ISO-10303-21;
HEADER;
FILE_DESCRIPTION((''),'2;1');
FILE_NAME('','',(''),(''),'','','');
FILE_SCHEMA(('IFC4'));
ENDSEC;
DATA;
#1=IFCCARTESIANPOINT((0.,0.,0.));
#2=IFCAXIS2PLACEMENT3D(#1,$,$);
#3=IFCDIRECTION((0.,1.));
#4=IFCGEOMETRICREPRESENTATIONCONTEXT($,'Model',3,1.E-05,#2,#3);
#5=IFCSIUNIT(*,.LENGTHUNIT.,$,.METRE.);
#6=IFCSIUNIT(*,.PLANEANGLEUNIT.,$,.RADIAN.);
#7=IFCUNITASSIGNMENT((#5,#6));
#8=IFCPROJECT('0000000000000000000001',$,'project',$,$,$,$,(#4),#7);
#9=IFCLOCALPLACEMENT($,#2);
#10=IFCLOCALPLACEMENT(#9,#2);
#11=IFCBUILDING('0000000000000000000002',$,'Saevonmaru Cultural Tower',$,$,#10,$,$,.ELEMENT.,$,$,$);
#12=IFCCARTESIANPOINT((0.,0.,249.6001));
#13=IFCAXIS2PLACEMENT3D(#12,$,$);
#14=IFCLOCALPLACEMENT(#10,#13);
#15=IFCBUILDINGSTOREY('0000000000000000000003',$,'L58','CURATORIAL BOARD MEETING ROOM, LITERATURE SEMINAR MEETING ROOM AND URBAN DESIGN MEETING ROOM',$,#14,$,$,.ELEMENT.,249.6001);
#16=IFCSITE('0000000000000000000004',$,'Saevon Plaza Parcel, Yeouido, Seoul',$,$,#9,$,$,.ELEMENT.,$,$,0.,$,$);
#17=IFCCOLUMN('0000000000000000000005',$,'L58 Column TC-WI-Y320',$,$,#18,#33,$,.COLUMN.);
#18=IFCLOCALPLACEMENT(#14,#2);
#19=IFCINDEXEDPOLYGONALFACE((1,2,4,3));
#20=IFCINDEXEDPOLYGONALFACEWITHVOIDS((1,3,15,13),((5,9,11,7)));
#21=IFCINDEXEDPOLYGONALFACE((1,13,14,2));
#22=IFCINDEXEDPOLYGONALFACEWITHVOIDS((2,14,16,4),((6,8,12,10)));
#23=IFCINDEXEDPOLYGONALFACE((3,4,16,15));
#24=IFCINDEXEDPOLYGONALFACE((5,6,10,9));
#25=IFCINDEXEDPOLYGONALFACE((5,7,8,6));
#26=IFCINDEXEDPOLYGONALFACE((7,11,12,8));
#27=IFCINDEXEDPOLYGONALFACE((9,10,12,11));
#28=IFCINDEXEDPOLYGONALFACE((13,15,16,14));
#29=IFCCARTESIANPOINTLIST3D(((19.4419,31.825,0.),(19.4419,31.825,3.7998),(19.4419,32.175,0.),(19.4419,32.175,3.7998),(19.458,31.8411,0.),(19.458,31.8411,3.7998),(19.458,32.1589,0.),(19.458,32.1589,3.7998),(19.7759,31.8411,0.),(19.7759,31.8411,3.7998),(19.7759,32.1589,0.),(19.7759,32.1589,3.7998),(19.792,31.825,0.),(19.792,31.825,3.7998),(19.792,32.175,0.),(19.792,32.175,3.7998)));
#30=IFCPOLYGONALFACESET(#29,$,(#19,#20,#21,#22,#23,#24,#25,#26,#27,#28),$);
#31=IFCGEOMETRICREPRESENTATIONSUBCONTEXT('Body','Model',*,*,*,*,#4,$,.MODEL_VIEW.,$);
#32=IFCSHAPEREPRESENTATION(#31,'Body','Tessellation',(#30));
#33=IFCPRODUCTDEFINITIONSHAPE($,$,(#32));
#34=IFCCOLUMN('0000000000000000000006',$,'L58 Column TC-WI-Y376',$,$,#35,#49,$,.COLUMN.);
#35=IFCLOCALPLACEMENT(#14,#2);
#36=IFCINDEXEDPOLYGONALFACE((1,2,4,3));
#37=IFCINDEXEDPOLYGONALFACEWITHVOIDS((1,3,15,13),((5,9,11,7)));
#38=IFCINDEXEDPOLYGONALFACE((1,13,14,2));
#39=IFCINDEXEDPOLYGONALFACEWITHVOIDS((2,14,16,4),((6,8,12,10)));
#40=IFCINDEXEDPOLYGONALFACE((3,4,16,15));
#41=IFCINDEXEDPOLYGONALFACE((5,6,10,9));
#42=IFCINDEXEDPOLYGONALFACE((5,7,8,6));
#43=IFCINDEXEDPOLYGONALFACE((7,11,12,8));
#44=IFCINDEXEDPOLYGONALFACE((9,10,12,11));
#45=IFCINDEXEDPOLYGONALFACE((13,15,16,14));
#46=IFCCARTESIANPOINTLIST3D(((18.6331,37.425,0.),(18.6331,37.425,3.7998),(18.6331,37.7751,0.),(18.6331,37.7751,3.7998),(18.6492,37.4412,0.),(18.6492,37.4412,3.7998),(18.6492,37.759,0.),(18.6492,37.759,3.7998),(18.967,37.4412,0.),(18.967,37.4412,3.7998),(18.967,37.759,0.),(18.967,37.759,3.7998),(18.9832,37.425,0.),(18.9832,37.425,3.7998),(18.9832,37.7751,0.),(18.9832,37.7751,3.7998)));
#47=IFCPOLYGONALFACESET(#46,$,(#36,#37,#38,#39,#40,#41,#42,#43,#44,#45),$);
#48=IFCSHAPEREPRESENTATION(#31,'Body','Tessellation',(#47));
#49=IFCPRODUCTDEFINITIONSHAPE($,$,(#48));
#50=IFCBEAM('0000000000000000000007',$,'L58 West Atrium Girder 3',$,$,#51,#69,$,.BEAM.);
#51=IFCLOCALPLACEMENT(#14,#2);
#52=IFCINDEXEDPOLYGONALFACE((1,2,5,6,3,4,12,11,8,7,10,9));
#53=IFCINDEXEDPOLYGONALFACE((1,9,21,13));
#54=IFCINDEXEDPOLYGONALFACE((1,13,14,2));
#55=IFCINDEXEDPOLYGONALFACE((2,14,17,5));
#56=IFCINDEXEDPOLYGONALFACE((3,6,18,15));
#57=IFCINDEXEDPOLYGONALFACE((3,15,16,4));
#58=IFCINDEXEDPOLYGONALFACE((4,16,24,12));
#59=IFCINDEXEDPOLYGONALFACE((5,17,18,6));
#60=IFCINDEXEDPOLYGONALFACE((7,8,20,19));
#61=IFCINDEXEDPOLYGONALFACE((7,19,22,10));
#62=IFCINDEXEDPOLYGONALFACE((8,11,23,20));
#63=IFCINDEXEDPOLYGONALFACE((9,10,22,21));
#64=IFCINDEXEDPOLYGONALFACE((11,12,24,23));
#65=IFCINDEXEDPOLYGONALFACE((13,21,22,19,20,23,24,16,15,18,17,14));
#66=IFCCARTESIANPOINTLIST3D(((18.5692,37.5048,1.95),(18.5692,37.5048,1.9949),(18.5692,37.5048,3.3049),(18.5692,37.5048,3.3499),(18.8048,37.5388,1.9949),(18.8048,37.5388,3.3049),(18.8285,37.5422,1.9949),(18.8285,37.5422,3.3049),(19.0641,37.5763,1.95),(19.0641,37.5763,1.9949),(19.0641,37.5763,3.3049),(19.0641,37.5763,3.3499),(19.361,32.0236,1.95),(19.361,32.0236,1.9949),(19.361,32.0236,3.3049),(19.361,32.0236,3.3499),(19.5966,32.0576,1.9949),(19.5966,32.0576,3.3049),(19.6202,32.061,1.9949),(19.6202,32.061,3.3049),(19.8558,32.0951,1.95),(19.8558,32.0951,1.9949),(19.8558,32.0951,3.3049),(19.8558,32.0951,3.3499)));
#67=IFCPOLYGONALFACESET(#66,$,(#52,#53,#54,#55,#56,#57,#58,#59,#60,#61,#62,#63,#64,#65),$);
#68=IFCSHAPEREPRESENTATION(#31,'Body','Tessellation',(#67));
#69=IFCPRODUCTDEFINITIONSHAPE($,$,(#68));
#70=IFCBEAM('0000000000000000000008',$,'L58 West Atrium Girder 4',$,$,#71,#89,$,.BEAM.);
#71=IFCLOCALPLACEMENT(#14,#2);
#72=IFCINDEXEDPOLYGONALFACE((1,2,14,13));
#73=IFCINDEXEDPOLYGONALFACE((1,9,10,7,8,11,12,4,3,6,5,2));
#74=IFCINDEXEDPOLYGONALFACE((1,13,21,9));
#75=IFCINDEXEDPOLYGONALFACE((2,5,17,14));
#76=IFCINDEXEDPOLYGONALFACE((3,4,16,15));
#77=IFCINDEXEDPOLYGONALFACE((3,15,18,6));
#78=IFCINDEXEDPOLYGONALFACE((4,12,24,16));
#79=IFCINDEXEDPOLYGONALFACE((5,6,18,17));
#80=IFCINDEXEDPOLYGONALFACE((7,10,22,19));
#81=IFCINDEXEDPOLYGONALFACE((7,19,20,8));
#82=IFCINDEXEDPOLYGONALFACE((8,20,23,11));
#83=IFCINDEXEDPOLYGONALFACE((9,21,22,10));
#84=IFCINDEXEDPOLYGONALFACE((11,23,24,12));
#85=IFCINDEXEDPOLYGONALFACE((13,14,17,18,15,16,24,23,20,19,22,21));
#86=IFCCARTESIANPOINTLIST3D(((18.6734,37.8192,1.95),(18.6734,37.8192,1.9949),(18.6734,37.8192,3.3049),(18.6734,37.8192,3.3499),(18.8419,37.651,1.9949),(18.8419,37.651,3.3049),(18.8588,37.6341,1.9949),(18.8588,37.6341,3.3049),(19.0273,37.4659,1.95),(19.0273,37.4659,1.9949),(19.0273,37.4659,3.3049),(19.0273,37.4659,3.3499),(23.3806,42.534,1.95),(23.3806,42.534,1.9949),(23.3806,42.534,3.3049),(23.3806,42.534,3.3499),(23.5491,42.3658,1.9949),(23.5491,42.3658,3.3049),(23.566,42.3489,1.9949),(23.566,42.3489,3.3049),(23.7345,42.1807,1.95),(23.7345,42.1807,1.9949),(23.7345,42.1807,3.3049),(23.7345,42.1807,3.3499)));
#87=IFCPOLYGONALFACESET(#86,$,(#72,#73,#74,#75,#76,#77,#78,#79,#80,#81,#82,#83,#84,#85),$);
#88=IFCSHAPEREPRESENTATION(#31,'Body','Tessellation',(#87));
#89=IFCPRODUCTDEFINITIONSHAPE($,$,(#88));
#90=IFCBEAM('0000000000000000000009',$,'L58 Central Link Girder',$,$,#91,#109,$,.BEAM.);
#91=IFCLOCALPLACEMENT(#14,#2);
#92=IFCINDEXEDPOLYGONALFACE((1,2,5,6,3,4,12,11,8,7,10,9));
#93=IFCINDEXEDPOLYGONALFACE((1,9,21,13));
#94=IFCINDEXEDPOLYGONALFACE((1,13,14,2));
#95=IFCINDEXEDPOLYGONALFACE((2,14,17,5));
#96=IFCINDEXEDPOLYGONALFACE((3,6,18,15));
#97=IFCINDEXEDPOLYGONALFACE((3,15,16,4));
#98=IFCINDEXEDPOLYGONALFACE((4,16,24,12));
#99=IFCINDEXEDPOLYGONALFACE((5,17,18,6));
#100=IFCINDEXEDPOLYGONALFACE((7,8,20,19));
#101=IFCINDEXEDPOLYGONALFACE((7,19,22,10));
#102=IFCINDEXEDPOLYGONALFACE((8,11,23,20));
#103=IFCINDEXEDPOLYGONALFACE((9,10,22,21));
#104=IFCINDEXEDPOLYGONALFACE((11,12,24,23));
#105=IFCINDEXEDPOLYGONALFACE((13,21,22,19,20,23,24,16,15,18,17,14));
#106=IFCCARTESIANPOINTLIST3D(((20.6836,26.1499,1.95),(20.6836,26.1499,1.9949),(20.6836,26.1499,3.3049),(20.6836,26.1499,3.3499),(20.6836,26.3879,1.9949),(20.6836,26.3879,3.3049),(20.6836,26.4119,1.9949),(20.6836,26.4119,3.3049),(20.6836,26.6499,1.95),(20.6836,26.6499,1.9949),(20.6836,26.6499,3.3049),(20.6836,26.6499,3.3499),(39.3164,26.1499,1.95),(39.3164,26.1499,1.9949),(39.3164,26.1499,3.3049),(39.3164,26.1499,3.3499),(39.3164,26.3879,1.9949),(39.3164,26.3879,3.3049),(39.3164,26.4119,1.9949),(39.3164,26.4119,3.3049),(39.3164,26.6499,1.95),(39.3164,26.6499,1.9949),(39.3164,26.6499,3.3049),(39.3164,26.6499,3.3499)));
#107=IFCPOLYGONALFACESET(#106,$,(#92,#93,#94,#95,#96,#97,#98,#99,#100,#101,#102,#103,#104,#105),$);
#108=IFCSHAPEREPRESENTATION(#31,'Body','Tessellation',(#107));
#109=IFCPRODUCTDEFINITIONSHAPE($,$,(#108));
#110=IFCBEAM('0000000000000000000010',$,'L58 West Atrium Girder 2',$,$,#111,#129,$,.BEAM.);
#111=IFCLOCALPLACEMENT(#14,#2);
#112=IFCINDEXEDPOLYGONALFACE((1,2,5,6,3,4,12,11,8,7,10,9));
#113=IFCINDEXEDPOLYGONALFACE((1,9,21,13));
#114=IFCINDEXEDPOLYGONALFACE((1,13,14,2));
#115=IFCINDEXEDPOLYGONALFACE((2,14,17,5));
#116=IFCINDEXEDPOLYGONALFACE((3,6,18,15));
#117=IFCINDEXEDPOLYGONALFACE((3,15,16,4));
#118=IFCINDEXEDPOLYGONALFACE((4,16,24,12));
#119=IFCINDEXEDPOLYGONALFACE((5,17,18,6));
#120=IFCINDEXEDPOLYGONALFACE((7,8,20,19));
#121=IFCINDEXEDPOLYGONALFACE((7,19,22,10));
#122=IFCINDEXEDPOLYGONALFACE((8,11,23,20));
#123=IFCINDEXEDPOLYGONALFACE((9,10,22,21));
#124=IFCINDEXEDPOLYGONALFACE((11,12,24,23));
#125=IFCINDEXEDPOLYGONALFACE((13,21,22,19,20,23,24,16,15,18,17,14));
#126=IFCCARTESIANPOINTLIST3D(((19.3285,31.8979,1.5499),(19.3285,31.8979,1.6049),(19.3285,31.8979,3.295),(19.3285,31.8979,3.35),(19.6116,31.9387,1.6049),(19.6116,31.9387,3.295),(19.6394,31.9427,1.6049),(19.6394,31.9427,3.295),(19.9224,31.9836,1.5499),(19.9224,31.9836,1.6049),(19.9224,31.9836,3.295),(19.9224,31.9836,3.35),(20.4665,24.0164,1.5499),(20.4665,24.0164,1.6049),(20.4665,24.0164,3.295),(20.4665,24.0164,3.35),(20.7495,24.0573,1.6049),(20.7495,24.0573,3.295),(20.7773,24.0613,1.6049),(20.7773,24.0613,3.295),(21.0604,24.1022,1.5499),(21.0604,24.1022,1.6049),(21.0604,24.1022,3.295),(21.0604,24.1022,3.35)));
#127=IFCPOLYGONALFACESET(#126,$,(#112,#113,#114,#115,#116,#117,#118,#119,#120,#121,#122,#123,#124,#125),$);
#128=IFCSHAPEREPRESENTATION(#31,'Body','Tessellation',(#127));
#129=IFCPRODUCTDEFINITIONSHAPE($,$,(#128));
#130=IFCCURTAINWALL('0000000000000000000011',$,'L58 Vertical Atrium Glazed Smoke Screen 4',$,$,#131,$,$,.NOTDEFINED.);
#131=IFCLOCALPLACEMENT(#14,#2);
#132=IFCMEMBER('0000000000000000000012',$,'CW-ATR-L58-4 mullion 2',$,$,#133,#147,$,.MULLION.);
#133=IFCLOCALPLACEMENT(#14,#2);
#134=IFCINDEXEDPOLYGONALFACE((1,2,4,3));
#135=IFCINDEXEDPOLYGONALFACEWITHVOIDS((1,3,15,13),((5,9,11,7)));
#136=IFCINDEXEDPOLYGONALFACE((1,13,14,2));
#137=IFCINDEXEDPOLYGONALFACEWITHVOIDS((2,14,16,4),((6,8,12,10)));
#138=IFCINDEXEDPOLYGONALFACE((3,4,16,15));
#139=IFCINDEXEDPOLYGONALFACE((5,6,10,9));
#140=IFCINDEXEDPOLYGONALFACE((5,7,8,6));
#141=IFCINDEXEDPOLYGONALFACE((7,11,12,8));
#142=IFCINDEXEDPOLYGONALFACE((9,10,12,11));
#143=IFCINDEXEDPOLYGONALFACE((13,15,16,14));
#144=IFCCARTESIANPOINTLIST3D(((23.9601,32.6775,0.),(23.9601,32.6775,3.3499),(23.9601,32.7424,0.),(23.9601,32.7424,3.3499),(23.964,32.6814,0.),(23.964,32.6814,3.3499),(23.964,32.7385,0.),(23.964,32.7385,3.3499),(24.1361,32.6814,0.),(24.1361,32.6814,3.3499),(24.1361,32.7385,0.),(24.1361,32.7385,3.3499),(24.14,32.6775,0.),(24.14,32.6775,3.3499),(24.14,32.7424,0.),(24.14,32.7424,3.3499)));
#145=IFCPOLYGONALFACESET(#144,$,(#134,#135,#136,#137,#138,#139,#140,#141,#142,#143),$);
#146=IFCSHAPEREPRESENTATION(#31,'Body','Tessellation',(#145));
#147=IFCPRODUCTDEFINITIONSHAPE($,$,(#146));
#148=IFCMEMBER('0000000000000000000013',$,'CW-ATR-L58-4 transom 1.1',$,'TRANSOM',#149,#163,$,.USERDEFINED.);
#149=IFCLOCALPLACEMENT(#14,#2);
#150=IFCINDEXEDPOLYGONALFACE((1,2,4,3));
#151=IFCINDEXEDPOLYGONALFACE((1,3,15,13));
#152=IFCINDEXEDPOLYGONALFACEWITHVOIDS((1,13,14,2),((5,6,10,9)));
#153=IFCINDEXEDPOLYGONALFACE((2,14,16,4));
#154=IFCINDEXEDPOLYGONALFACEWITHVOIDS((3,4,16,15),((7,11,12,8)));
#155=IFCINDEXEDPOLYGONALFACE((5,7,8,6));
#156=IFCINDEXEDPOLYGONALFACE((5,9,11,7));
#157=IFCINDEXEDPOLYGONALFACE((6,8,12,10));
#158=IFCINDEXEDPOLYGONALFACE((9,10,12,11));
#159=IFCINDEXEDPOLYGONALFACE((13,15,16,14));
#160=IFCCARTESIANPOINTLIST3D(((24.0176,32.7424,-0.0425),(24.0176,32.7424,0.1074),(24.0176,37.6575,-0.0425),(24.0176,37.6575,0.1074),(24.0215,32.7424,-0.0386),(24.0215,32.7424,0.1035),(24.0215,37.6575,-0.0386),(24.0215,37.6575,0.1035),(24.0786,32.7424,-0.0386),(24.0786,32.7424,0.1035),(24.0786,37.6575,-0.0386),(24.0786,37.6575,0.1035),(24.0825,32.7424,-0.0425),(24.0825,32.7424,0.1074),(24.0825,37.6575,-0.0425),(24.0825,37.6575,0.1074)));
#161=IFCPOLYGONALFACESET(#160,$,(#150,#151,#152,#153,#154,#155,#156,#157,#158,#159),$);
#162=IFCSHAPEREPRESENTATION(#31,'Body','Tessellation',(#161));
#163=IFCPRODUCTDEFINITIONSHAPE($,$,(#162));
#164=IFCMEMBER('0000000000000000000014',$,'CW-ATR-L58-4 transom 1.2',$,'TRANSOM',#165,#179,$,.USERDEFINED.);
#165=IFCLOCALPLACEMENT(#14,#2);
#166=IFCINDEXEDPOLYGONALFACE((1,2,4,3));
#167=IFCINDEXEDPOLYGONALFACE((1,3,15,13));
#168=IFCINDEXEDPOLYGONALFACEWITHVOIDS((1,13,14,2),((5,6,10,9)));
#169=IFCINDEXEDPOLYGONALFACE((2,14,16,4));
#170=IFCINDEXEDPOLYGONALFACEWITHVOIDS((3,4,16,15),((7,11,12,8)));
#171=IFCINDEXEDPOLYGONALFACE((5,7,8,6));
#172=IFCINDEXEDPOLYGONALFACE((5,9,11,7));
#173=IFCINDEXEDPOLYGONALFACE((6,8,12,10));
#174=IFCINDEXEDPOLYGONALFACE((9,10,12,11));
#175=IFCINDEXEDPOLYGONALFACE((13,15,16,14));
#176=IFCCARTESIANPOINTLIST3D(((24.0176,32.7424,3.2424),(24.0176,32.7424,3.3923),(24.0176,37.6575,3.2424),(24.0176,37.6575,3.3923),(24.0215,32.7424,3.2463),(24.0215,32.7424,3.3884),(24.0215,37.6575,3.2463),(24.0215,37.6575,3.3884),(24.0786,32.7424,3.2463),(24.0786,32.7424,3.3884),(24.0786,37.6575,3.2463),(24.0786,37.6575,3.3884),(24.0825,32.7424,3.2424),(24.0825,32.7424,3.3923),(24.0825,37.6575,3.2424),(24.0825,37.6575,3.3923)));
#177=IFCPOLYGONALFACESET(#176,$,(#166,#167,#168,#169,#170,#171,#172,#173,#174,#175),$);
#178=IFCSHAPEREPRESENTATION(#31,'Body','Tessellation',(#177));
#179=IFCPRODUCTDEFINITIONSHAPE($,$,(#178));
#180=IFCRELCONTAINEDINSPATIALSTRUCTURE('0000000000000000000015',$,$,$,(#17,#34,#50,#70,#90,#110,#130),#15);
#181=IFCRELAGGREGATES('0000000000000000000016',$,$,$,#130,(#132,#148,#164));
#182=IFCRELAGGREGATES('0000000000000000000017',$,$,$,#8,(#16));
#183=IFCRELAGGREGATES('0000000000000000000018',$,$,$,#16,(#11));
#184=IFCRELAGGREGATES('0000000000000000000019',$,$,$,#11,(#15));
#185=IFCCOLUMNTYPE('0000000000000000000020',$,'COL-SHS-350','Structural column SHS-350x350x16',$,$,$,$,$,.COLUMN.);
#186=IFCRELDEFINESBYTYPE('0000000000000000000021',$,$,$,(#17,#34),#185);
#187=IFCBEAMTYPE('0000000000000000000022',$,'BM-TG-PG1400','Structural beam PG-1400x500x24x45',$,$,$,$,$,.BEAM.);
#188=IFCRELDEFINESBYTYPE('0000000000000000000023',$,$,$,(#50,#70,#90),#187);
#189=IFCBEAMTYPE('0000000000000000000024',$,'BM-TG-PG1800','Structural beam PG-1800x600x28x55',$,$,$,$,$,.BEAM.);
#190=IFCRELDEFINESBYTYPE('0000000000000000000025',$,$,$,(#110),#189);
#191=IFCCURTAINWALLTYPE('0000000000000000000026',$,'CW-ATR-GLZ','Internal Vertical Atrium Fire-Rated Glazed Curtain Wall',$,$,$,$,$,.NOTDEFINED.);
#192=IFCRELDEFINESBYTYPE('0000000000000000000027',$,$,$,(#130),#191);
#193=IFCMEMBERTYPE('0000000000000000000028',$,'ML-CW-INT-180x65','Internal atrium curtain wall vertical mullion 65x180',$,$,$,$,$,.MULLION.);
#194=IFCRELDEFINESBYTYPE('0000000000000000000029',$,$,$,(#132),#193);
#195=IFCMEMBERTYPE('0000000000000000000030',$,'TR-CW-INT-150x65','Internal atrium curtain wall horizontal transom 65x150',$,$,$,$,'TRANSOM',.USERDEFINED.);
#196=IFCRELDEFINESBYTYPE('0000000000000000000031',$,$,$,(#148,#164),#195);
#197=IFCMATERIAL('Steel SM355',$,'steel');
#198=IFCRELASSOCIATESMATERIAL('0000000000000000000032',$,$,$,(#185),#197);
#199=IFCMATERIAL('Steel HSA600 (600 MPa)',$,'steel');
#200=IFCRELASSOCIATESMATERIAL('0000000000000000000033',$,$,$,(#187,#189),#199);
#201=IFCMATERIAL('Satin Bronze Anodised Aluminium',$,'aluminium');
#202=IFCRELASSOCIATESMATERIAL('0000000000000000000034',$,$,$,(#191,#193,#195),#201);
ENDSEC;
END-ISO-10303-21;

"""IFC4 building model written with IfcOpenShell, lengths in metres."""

from ifc_helpers import new_model, si_unit, direction, frame, origin, origin_2d, place, context, subcontext, project, spatial, hollow_rectangle, i_section, extrude, material, material_profile, profile_set, type_object, element, aggregate, save


model = new_model("IFC4")

# Units and contexts
model_context = context("Model", 3, precision=1e-05, world=origin(), true_north=direction((0.0, 1.0)))
body_context = subcontext(model_context, "Body", "Model", "MODEL_VIEW")
ifc_project = project(units=[si_unit("LENGTHUNIT", "METRE"), si_unit("PLANEANGLEUNIT", "RADIAN")], contexts=[model_context])

# Site, building, storey
site_placement = place(None, origin())
site = spatial("IfcSite", under=ifc_project, at=site_placement, Name="Saevon Plaza Parcel, Yeouido, Seoul", CompositionType="ELEMENT", RefElevation=0.0)
building_placement = place(site_placement, origin())
building = spatial("IfcBuilding", under=site, at=building_placement, Name="Saevonmaru Cultural Tower", CompositionType="ELEMENT")
storey_placement = place(building_placement, frame((0.0, 0.0, 249.6001)))
storey = spatial("IfcBuildingStorey", under=building, at=storey_placement, Name="L58", Description="CURATORIAL BOARD MEETING ROOM, LITERATURE SEMINAR MEETING ROOM AND URBAN DESIGN MEETING ROOM", CompositionType="ELEMENT", Elevation=249.6001)

# Columns
ifc_material_1 = material(Name="Steel SM355", Category="steel")
ifc_material_profile_1 = material_profile(ifc_material_1, hollow_rectangle(XDim=0.3501, YDim=0.3501, WallThickness=0.0161, at=origin_2d()), Name="SHS-350x350x16")
ifc_profile_set_1 = profile_set([ifc_material_profile_1], Name="Steel SM355")
column_type = type_object("IfcColumnType", Name="COL-SHS-350", Description="Structural column SHS-350x350x16", PredefinedType="COLUMN", material=ifc_profile_set_1)
for number, where, z_axis, x_axis, name in (
    (1, (19.6169, 32.0, 0.0), (0.0, 0.0, 1.0), (1.0, 0.0, 0.0), "L58 Column TC-WI-Y320"),
    (2, (18.8081, 37.6001, 0.0), (0.0, 0.0, 1.0), (1.0, 0.0, 0.0), "L58 Column TC-WI-Y376"),
):
    element("IfcColumn", number, at=place(storey_placement, frame(where, z_axis=z_axis, x_axis=x_axis)), inside=storey, type_object=column_type, Name=name, PredefinedType="COLUMN", context=body_context, shape_type="SweptSolid", body=[
        extrude(hollow_rectangle(XDim=0.3501, YDim=0.3501, WallThickness=0.0161, at=origin_2d()), origin(), (0.0, 0.0, 1.0), 3.7998),
    ])

# Beams
ifc_material_2 = material(Name="Steel HSA600 (600 MPa)", Category="steel")
ifc_material_profile_2 = material_profile(ifc_material_2, i_section(OverallWidth=0.5, OverallDepth=1.3999, WebThickness=0.0239, FlangeThickness=0.0449, at=origin_2d()), Name="PG-1400x500x24x45")
ifc_profile_set_2 = profile_set([ifc_material_profile_2], Name="Steel HSA600 (600 MPa)")
beam_type_1 = type_object("IfcBeamType", Name="BM-TG-PG1400", Description="Structural beam PG-1400x500x24x45", PredefinedType="BEAM", material=ifc_profile_set_2)
beam_1_placement = place(storey_placement, frame((19.6084, 32.0593, 2.6499), z_axis=(-0.142964, 0.989728, 0.0), x_axis=(-0.989728, -0.142964, 0.0)))
element("IfcBeam", 3, at=beam_1_placement, inside=storey, type_object=beam_type_1, Name="L58 West Atrium Girder 3", PredefinedType="BEAM", context=body_context, shape_type="SweptSolid", body=[
    extrude(i_section(OverallWidth=0.5, OverallDepth=1.3999, WebThickness=0.0239, FlangeThickness=0.0449, at=origin_2d()), origin(), (0.0, 0.0, 1.0), 5.5381),
])
beam_2_placement = place(storey_placement, frame((18.8503, 37.6426, 2.6499), z_axis=(0.706539, 0.707675, 0.0), x_axis=(-0.707675, 0.706539, 0.0)))
element("IfcBeam", 4, at=beam_2_placement, inside=storey, type_object=beam_type_1, Name="L58 West Atrium Girder 4", PredefinedType="BEAM", context=body_context, shape_type="SweptSolid", body=[
    extrude(i_section(OverallWidth=0.5, OverallDepth=1.3999, WebThickness=0.0239, FlangeThickness=0.0449, at=origin_2d()), origin(), (0.0, 0.0, 1.0), 6.6624),
])
beam_3_placement = place(storey_placement, frame((20.6836, 26.3999, 2.6499), z_axis=(1.0, 0.0, 0.0), x_axis=(0.0, 1.0, 0.0)))
element("IfcBeam", 5, at=beam_3_placement, inside=storey, type_object=beam_type_1, Name="L58 Central Link Girder", PredefinedType="BEAM", context=body_context, shape_type="SweptSolid", body=[
    extrude(i_section(OverallWidth=0.5, OverallDepth=1.3999, WebThickness=0.0239, FlangeThickness=0.0449, at=origin_2d()), origin(), (0.0, 0.0, 1.0), 18.6328),
])
ifc_material_profile_3 = material_profile(ifc_material_2, i_section(OverallWidth=0.6001, OverallDepth=1.8, WebThickness=0.0281, FlangeThickness=0.0549, at=origin_2d()), Name="PG-1800x600x28x55")
ifc_profile_set_3 = profile_set([ifc_material_profile_3], Name="Steel HSA600 (600 MPa)")
beam_type_2 = type_object("IfcBeamType", Name="BM-TG-PG1800", Description="Structural beam PG-1800x600x28x55", PredefinedType="BEAM", material=ifc_profile_set_3)
beam_4_placement = place(storey_placement, frame((20.7634, 24.0593, 2.45), z_axis=(-0.142902, 0.989737, 0.0), x_axis=(-0.989737, -0.142902, 0.0)))
element("IfcBeam", 6, at=beam_4_placement, inside=storey, type_object=beam_type_2, Name="L58 West Atrium Girder 2", PredefinedType="BEAM", context=body_context, shape_type="SweptSolid", body=[
    extrude(i_section(OverallWidth=0.6001, OverallDepth=1.8, WebThickness=0.0281, FlangeThickness=0.0549, at=origin_2d()), origin(), (0.0, 0.0, 1.0), 7.9631),
])

# Curtain wall, members
ifc_material_3 = material(Name="Satin Bronze Anodised Aluminium", Category="aluminium")
curtain_wall_type_1 = type_object("IfcCurtainWallType", Name="CW-ATR-GLZ", Description="Internal Vertical Atrium Fire-Rated Glazed Curtain Wall", PredefinedType="NOTDEFINED", material=ifc_material_3)
curtain_wall_1_placement = place(storey_placement, origin())
curtain_wall_1 = element("IfcCurtainWall", 7, at=curtain_wall_1_placement, inside=storey, type_object=curtain_wall_type_1, Name="L58 Vertical Atrium Glazed Smoke Screen 4", PredefinedType="NOTDEFINED")
ifc_material_profile_4 = material_profile(ifc_material_3, hollow_rectangle(XDim=0.0649, YDim=0.1799, WallThickness=0.0039, at=origin_2d()), Name="ALU-MULL-180x65x4")
ifc_profile_set_4 = profile_set([ifc_material_profile_4], Name="Satin Bronze Anodised Aluminium")
member_type_1 = type_object("IfcMemberType", Name="ML-CW-INT-180x65", Description="Internal atrium curtain wall vertical mullion 65x180", PredefinedType="MULLION", material=ifc_profile_set_4)
member_1_placement = place(storey_placement, frame((24.05, 32.71, 0.0), z_axis=(0.0, 0.0, 1.0), x_axis=(0.0, -1.0, 0.0)))
member_1 = element("IfcMember", 8, at=member_1_placement, type_object=member_type_1, Name="CW-ATR-L58-4 mullion 2", PredefinedType="MULLION", context=body_context, shape_type="SweptSolid", body=[
    extrude(hollow_rectangle(XDim=0.0649, YDim=0.1799, WallThickness=0.0039, at=origin_2d()), origin(), (0.0, 0.0, 1.0), 3.3499),
])
ifc_material_profile_5 = material_profile(ifc_material_3, hollow_rectangle(XDim=0.0649, YDim=0.1499, WallThickness=0.0039, at=origin_2d()), Name="ALU-TRAN-150x65x4")
ifc_profile_set_5 = profile_set([ifc_material_profile_5], Name="Satin Bronze Anodised Aluminium")
member_type_2 = type_object("IfcMemberType", Name="TR-CW-INT-150x65", Description="Internal atrium curtain wall horizontal transom 65x150", ElementType="TRANSOM", PredefinedType="USERDEFINED", material=ifc_profile_set_5)
member_2_placement = place(storey_placement, frame((24.05, 37.6575, 0.0325), z_axis=(0.0, -1.0, 0.0), x_axis=(1.0, 0.0, 0.0)))
member_2 = element("IfcMember", 9, at=member_2_placement, type_object=member_type_2, Name="CW-ATR-L58-4 transom 1.1", ObjectType="TRANSOM", PredefinedType="USERDEFINED", context=body_context, shape_type="SweptSolid", body=[
    extrude(hollow_rectangle(XDim=0.0649, YDim=0.1499, WallThickness=0.0039, at=origin_2d()), origin(), (0.0, 0.0, 1.0), 4.915),
])
member_3_placement = place(storey_placement, frame((24.05, 37.6575, 3.3174), z_axis=(0.0, -1.0, 0.0), x_axis=(1.0, 0.0, 0.0)))
member_3 = element("IfcMember", 10, at=member_3_placement, type_object=member_type_2, Name="CW-ATR-L58-4 transom 1.2", ObjectType="TRANSOM", PredefinedType="USERDEFINED", context=body_context, shape_type="SweptSolid", body=[
    extrude(hollow_rectangle(XDim=0.0649, YDim=0.1499, WallThickness=0.0039, at=origin_2d()), origin(), (0.0, 0.0, 1.0), 4.915),
])

aggregate(curtain_wall_1, [member_1, member_2, member_3])

save(model, "model.ifc")
